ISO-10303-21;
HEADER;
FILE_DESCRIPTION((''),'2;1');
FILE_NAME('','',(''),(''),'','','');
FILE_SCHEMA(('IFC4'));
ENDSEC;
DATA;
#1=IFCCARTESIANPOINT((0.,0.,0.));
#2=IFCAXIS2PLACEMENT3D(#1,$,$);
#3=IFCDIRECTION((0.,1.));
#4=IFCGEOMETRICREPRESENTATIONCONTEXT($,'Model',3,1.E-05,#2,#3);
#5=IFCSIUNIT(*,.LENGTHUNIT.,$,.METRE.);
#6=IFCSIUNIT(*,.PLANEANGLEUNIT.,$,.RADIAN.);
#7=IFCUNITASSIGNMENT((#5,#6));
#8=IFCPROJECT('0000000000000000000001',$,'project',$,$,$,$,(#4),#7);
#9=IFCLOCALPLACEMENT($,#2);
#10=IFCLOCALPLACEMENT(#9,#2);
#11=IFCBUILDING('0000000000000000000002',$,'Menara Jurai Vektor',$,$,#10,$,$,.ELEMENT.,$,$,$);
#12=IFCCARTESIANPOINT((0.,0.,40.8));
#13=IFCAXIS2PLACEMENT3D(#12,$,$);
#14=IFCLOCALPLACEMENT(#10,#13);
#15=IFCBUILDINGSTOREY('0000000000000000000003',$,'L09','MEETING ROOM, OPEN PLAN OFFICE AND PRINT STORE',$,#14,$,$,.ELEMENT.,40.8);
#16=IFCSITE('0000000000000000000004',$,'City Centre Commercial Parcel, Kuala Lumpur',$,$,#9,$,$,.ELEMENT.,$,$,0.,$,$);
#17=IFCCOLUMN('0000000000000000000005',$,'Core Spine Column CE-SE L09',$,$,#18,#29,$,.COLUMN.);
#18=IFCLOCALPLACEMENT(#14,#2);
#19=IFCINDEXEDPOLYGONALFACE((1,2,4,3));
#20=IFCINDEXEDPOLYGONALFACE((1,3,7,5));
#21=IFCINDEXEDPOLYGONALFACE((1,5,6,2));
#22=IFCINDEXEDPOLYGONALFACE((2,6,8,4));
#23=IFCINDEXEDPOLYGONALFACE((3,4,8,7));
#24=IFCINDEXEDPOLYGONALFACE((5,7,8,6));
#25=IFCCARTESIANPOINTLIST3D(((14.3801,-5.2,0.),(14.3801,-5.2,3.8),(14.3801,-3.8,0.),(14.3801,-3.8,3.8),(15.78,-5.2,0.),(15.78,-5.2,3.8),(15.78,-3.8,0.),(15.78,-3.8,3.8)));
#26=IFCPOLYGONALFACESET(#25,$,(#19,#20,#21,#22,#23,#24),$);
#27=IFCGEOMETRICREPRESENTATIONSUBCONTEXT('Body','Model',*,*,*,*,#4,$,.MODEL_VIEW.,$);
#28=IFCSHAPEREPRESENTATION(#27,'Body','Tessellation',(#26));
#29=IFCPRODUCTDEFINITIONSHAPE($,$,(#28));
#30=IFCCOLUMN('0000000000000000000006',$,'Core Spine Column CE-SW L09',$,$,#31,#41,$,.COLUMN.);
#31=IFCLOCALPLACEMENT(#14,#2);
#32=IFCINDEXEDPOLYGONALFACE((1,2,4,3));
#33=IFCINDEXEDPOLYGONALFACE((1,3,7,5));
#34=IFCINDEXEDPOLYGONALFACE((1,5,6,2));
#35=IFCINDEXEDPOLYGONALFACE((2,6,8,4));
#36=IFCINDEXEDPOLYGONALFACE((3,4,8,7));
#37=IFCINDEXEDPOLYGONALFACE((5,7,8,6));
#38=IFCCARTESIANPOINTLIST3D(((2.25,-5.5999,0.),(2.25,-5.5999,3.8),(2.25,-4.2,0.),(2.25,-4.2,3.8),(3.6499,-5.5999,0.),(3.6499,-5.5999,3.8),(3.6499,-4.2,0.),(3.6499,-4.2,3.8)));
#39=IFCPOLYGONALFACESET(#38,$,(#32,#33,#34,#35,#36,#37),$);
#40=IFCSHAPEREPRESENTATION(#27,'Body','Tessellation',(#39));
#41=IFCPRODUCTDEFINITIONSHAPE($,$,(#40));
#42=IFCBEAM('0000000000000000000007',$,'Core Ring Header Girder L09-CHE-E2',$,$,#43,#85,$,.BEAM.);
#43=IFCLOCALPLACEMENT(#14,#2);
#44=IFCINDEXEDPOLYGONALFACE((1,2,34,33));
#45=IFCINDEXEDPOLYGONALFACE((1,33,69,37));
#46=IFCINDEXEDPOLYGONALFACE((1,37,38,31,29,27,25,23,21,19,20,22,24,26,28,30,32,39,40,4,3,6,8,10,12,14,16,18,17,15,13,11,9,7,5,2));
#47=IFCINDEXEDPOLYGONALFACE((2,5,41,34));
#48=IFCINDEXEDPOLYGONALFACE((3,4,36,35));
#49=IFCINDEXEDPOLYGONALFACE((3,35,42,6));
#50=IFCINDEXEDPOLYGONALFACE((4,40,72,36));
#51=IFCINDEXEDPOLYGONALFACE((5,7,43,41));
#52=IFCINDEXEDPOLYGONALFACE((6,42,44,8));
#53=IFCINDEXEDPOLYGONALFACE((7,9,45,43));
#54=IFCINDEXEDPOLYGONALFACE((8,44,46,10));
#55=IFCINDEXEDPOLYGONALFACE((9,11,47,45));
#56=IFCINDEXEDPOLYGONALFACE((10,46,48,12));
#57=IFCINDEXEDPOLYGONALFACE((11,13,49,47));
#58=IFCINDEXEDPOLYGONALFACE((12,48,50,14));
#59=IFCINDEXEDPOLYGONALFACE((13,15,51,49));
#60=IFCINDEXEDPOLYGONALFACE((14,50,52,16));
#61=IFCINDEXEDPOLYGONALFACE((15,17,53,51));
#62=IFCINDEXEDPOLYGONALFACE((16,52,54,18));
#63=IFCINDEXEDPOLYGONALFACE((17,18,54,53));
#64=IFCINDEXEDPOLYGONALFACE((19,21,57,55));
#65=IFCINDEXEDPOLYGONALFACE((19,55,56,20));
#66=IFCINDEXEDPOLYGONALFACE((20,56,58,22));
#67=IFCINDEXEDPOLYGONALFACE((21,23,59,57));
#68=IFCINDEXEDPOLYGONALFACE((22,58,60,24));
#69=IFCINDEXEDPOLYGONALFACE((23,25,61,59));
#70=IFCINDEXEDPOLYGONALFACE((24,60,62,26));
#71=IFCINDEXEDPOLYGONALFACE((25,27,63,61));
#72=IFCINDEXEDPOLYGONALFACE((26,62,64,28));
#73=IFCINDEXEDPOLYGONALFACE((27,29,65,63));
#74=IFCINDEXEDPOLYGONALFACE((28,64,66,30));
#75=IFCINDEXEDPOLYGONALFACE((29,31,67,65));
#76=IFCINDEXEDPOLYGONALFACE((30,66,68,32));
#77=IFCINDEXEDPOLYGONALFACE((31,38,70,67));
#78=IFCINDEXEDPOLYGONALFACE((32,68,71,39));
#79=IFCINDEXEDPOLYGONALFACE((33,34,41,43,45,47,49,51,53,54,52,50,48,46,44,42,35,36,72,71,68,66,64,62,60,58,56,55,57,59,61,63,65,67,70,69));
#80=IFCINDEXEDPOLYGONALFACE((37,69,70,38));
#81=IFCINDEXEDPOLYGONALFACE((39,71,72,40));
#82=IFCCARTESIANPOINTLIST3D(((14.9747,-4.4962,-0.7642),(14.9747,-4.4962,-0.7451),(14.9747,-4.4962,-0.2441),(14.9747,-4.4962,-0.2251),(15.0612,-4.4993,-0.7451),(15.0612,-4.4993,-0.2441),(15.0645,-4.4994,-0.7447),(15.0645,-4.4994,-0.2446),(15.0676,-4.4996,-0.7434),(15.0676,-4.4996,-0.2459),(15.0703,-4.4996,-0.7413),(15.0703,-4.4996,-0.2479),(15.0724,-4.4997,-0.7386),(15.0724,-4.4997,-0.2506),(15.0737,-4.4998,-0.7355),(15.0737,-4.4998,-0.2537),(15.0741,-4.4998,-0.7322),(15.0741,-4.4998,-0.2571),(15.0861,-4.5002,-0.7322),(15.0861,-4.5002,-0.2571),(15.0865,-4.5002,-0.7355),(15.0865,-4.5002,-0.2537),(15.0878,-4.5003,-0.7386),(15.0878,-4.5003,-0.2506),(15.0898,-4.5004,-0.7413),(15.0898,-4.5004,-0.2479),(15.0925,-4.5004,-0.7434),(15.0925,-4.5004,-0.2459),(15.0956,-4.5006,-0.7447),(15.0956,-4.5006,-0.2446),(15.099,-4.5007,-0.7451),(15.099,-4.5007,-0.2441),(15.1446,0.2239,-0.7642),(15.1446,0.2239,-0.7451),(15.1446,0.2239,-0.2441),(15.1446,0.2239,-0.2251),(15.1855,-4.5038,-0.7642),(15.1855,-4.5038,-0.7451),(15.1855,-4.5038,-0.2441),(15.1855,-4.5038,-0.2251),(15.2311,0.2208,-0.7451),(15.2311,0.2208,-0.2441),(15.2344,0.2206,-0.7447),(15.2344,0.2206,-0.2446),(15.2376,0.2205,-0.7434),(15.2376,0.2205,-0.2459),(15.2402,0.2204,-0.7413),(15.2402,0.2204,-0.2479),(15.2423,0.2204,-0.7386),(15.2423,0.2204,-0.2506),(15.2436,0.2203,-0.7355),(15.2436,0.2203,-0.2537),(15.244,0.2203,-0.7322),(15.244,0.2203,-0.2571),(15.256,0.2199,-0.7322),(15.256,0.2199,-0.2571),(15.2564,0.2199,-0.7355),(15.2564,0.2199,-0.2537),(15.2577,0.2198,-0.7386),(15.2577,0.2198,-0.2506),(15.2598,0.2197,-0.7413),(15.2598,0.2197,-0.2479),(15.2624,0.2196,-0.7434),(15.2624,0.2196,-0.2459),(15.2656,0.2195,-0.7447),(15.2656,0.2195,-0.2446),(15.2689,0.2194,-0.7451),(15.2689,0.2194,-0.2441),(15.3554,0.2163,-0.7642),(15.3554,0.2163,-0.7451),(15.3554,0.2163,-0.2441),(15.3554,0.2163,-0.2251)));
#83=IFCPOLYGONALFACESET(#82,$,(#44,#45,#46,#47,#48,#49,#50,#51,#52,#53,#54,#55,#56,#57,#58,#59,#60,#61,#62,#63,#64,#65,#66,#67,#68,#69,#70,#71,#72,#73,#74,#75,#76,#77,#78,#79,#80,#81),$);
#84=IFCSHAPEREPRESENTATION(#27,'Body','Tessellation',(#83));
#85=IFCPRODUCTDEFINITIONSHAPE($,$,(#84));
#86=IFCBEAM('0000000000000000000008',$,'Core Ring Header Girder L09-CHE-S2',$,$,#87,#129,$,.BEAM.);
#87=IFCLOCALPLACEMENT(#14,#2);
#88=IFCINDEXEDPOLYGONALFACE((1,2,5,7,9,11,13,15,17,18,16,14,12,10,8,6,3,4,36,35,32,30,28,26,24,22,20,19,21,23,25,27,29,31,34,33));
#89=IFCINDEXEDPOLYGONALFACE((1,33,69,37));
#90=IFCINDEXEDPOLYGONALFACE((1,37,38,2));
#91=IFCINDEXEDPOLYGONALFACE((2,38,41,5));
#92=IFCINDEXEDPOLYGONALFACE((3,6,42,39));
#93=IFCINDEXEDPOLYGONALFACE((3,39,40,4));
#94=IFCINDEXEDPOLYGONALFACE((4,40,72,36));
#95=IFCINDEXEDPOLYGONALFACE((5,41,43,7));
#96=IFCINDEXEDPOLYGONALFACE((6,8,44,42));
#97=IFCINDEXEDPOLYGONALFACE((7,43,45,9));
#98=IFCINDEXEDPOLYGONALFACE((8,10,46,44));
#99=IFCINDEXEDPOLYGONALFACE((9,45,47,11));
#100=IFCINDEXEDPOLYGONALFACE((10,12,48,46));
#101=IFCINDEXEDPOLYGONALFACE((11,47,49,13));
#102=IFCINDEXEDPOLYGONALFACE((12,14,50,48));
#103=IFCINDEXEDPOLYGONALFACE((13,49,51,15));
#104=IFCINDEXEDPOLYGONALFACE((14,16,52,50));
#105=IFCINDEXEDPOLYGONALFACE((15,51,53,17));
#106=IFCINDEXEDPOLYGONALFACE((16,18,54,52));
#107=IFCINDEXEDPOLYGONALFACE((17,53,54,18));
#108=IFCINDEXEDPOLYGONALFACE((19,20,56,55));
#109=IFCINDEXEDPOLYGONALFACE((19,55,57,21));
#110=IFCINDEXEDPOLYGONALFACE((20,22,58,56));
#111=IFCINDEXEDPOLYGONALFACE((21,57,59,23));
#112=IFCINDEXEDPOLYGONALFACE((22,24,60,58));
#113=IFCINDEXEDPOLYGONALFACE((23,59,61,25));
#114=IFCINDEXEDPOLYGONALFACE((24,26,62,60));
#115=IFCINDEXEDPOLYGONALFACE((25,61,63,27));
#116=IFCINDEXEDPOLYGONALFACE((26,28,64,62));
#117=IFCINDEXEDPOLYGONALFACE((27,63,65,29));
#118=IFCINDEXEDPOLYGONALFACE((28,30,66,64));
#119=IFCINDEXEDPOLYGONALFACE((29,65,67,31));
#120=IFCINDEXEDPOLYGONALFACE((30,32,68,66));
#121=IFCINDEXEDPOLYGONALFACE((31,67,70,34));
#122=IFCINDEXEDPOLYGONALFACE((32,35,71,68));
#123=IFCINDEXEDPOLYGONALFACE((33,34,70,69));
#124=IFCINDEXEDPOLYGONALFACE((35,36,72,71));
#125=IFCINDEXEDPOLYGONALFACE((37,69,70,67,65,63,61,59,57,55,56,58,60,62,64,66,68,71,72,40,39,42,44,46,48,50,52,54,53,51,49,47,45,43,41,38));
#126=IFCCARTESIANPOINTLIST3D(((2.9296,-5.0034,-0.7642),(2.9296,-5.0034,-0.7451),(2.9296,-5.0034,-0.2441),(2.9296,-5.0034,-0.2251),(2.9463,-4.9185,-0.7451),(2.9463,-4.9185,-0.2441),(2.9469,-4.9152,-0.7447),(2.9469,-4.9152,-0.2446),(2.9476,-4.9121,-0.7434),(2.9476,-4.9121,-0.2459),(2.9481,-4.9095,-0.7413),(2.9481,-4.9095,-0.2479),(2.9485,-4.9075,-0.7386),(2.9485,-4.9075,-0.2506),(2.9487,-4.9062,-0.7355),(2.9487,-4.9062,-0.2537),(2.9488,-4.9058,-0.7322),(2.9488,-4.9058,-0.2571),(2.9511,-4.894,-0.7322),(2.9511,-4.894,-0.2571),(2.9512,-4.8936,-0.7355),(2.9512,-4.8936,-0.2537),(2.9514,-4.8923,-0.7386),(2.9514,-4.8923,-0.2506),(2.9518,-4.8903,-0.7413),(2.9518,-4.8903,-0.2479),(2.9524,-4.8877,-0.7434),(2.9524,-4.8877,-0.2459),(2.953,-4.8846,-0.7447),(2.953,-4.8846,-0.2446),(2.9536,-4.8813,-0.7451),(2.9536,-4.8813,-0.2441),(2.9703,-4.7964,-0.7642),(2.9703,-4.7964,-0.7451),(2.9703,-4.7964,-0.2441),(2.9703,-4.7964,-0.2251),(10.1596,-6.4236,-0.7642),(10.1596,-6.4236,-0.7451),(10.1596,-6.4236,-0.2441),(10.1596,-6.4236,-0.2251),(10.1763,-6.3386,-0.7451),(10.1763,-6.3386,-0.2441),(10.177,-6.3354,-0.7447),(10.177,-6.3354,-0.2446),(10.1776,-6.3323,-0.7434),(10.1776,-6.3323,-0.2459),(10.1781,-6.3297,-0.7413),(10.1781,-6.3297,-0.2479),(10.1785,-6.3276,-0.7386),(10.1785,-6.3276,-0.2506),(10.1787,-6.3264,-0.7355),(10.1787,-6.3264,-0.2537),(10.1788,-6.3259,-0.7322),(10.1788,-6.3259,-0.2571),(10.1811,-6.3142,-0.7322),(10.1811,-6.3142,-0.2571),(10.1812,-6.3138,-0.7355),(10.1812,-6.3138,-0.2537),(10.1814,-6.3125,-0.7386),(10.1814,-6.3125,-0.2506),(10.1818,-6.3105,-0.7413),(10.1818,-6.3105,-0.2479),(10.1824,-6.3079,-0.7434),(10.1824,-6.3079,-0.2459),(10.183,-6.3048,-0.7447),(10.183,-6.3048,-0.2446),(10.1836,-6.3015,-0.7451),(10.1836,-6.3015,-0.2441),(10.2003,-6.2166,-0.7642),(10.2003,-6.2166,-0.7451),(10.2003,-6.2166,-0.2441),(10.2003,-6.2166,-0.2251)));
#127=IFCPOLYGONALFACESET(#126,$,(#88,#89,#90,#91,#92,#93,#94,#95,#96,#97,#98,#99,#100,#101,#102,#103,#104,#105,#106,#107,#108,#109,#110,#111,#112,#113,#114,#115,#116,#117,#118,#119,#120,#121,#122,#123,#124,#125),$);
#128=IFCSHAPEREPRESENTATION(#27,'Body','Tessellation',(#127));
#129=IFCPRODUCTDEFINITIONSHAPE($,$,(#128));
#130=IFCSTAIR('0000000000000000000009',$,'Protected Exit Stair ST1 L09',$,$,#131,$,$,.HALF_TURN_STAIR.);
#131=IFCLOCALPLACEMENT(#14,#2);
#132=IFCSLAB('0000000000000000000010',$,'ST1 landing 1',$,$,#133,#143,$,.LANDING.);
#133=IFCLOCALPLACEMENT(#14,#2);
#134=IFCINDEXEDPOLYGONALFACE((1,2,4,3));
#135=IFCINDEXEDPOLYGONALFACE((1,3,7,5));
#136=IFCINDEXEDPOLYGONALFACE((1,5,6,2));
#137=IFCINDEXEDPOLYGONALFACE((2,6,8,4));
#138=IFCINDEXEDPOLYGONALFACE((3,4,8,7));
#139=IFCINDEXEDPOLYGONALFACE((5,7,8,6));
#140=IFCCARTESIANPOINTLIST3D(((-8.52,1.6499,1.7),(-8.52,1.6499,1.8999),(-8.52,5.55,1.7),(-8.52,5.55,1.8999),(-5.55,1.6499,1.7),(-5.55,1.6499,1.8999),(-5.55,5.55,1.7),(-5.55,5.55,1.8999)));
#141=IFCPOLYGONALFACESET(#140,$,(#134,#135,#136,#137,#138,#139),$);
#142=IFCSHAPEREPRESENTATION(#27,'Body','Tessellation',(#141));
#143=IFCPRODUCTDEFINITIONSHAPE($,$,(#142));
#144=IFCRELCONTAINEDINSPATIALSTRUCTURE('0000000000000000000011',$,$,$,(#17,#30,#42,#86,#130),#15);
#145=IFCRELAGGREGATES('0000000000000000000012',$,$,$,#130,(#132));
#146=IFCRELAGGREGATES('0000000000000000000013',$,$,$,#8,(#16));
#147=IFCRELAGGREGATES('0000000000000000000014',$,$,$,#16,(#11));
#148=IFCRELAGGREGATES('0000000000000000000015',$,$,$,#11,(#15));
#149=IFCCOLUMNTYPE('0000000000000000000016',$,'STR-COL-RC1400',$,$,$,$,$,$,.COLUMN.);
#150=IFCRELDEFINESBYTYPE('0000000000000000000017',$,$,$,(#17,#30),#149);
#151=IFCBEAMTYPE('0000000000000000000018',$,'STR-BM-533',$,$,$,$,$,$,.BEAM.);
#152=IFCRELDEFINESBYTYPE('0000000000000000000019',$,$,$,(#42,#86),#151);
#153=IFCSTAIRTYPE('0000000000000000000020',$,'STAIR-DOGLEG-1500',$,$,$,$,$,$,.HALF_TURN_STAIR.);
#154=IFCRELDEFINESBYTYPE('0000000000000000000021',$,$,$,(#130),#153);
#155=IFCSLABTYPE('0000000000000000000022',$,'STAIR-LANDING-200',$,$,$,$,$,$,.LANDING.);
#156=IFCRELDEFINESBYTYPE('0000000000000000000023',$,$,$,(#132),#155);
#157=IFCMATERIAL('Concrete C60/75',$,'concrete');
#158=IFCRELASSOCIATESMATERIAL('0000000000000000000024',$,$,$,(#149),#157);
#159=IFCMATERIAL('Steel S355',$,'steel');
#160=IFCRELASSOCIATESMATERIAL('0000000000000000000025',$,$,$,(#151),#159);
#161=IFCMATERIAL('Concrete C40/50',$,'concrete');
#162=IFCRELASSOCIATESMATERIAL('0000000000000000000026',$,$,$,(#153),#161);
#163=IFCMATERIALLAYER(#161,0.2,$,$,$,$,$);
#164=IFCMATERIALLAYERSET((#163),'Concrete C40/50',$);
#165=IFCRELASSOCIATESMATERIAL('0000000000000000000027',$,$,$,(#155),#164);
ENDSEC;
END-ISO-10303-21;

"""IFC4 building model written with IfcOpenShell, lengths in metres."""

from ifc_helpers import new_model, si_unit, direction, frame, origin, origin_2d, place, context, subcontext, project, spatial, polyline, rectangle, i_section, outline, extrude, material, layer, layer_set, material_profile, profile_set, type_object, element, aggregate, save


model = new_model("IFC4")

# Units and contexts
model_context = context("Model", 3, precision=1e-05, world=origin(), true_north=direction((0.0, 1.0)))
body_context = subcontext(model_context, "Body", "Model", "MODEL_VIEW")
ifc_project = project(units=[si_unit("LENGTHUNIT", "METRE"), si_unit("PLANEANGLEUNIT", "RADIAN")], contexts=[model_context])

# Site, building, storey
site_placement = place(None, origin())
site = spatial("IfcSite", under=ifc_project, at=site_placement, Name="City Centre Commercial Parcel, Kuala Lumpur", CompositionType="ELEMENT", RefElevation=0.0)
building_placement = place(site_placement, origin())
building = spatial("IfcBuilding", under=site, at=building_placement, Name="Menara Jurai Vektor", CompositionType="ELEMENT")
storey_placement = place(building_placement, frame((0.0, 0.0, 40.8)))
storey = spatial("IfcBuildingStorey", under=building, at=storey_placement, Name="L09", Description="MEETING ROOM, OPEN PLAN OFFICE AND PRINT STORE", CompositionType="ELEMENT", Elevation=40.8)

# Columns
ifc_material_1 = material(Name="Concrete C60/75", Category="concrete")
ifc_material_profile_1 = material_profile(ifc_material_1, rectangle(XDim=1.3999, YDim=1.3999, at=origin_2d()), Name="RC 1400x1400")
ifc_profile_set_1 = profile_set([ifc_material_profile_1], Name="Concrete C60/75")
column_type = type_object("IfcColumnType", Name="STR-COL-RC1400", PredefinedType="COLUMN", material=ifc_profile_set_1)
for number, where, z_axis, x_axis, name in (
    (1, (15.0801, -4.5, 0.0), (0.0, 0.0, 1.0), (1.0, 0.0, 0.0), "Core Spine Column CE-SE L09"),
    (2, (2.95, -4.8999, 0.0), (0.0, 0.0, 1.0), (1.0, 0.0, 0.0), "Core Spine Column CE-SW L09"),
):
    element("IfcColumn", number, at=place(storey_placement, frame(where, z_axis=z_axis, x_axis=x_axis)), inside=storey, type_object=column_type, Name=name, PredefinedType="COLUMN", context=body_context, shape_type="SweptSolid", body=[
        extrude(rectangle(XDim=1.3999, YDim=1.3999, at=origin_2d()), origin(), (0.0, 0.0, 1.0), 3.8),
    ])

# Beams
ifc_material_2 = material(Name="Steel S355", Category="steel")
ifc_material_profile_2 = material_profile(ifc_material_2, i_section(OverallWidth=0.2109, OverallDepth=0.5391, WebThickness=0.012, FlangeThickness=0.019, FilletRadius=0.0129, at=origin_2d()), Name="UKB 533x210x109")
ifc_profile_set_2 = profile_set([ifc_material_profile_2], Name="Steel S355")
beam_type = type_object("IfcBeamType", Name="STR-BM-533", PredefinedType="BEAM", material=ifc_profile_set_2)
beam_1_placement = place(storey_placement, frame((15.0801, -4.5, -0.4946), z_axis=(0.035977, 0.999353, 0.0), x_axis=(-0.999353, 0.035977, 0.0)))
element("IfcBeam", 3, at=beam_1_placement, inside=storey, type_object=beam_type, Name="Core Ring Header Girder L09-CHE-E2", PredefinedType="BEAM", context=body_context, shape_type="SweptSolid", body=[
    extrude(i_section(OverallWidth=0.2109, OverallDepth=0.5391, WebThickness=0.012, FlangeThickness=0.019, FilletRadius=0.0129, at=origin_2d()), origin(), (0.0, 0.0, 1.0), 4.7231),
])
beam_2_placement = place(storey_placement, frame((2.95, -4.8999, -0.4946), z_axis=(0.981249, -0.192744, 0.0), x_axis=(0.192744, 0.981249, 0.0)))
element("IfcBeam", 4, at=beam_2_placement, inside=storey, type_object=beam_type, Name="Core Ring Header Girder L09-CHE-S2", PredefinedType="BEAM", context=body_context, shape_type="SweptSolid", body=[
    extrude(i_section(OverallWidth=0.2109, OverallDepth=0.5391, WebThickness=0.012, FlangeThickness=0.019, FilletRadius=0.0129, at=origin_2d()), origin(), (0.0, 0.0, 1.0), 7.3682),
])

# Stair, slab
ifc_material_3 = material(Name="Concrete C40/50", Category="concrete")
stair_type = type_object("IfcStairType", Name="STAIR-DOGLEG-1500", PredefinedType="HALF_TURN_STAIR", material=ifc_material_3)
stair_placement = place(storey_placement, origin())
stair = element("IfcStair", 5, at=stair_placement, inside=storey, type_object=stair_type, Name="Protected Exit Stair ST1 L09", PredefinedType="HALF_TURN_STAIR")
ifc_layer_1 = layer(ifc_material_3, 0.2)
ifc_layer_set_1 = layer_set([ifc_layer_1], Name="Concrete C40/50")
slab_type_1 = type_object("IfcSlabType", Name="STAIR-LANDING-200", PredefinedType="LANDING", material=ifc_layer_set_1)
slab_1_placement = place(storey_placement, frame((0.0, 0.0, 1.7)))
slab_1 = element("IfcSlab", 6, at=slab_1_placement, type_object=slab_type_1, Name="ST1 landing 1", PredefinedType="LANDING", context=body_context, shape_type="SweptSolid", body=[
    extrude(outline(polyline([(-8.52, 1.6499), (-5.55, 1.6499), (-5.55, 5.55), (-8.52, 5.55), (-8.52, 1.6499)])), origin(), (0.0, 0.0, 1.0), 0.2),
])
aggregate(stair, [slab_1])

save(model, "model.ifc")
